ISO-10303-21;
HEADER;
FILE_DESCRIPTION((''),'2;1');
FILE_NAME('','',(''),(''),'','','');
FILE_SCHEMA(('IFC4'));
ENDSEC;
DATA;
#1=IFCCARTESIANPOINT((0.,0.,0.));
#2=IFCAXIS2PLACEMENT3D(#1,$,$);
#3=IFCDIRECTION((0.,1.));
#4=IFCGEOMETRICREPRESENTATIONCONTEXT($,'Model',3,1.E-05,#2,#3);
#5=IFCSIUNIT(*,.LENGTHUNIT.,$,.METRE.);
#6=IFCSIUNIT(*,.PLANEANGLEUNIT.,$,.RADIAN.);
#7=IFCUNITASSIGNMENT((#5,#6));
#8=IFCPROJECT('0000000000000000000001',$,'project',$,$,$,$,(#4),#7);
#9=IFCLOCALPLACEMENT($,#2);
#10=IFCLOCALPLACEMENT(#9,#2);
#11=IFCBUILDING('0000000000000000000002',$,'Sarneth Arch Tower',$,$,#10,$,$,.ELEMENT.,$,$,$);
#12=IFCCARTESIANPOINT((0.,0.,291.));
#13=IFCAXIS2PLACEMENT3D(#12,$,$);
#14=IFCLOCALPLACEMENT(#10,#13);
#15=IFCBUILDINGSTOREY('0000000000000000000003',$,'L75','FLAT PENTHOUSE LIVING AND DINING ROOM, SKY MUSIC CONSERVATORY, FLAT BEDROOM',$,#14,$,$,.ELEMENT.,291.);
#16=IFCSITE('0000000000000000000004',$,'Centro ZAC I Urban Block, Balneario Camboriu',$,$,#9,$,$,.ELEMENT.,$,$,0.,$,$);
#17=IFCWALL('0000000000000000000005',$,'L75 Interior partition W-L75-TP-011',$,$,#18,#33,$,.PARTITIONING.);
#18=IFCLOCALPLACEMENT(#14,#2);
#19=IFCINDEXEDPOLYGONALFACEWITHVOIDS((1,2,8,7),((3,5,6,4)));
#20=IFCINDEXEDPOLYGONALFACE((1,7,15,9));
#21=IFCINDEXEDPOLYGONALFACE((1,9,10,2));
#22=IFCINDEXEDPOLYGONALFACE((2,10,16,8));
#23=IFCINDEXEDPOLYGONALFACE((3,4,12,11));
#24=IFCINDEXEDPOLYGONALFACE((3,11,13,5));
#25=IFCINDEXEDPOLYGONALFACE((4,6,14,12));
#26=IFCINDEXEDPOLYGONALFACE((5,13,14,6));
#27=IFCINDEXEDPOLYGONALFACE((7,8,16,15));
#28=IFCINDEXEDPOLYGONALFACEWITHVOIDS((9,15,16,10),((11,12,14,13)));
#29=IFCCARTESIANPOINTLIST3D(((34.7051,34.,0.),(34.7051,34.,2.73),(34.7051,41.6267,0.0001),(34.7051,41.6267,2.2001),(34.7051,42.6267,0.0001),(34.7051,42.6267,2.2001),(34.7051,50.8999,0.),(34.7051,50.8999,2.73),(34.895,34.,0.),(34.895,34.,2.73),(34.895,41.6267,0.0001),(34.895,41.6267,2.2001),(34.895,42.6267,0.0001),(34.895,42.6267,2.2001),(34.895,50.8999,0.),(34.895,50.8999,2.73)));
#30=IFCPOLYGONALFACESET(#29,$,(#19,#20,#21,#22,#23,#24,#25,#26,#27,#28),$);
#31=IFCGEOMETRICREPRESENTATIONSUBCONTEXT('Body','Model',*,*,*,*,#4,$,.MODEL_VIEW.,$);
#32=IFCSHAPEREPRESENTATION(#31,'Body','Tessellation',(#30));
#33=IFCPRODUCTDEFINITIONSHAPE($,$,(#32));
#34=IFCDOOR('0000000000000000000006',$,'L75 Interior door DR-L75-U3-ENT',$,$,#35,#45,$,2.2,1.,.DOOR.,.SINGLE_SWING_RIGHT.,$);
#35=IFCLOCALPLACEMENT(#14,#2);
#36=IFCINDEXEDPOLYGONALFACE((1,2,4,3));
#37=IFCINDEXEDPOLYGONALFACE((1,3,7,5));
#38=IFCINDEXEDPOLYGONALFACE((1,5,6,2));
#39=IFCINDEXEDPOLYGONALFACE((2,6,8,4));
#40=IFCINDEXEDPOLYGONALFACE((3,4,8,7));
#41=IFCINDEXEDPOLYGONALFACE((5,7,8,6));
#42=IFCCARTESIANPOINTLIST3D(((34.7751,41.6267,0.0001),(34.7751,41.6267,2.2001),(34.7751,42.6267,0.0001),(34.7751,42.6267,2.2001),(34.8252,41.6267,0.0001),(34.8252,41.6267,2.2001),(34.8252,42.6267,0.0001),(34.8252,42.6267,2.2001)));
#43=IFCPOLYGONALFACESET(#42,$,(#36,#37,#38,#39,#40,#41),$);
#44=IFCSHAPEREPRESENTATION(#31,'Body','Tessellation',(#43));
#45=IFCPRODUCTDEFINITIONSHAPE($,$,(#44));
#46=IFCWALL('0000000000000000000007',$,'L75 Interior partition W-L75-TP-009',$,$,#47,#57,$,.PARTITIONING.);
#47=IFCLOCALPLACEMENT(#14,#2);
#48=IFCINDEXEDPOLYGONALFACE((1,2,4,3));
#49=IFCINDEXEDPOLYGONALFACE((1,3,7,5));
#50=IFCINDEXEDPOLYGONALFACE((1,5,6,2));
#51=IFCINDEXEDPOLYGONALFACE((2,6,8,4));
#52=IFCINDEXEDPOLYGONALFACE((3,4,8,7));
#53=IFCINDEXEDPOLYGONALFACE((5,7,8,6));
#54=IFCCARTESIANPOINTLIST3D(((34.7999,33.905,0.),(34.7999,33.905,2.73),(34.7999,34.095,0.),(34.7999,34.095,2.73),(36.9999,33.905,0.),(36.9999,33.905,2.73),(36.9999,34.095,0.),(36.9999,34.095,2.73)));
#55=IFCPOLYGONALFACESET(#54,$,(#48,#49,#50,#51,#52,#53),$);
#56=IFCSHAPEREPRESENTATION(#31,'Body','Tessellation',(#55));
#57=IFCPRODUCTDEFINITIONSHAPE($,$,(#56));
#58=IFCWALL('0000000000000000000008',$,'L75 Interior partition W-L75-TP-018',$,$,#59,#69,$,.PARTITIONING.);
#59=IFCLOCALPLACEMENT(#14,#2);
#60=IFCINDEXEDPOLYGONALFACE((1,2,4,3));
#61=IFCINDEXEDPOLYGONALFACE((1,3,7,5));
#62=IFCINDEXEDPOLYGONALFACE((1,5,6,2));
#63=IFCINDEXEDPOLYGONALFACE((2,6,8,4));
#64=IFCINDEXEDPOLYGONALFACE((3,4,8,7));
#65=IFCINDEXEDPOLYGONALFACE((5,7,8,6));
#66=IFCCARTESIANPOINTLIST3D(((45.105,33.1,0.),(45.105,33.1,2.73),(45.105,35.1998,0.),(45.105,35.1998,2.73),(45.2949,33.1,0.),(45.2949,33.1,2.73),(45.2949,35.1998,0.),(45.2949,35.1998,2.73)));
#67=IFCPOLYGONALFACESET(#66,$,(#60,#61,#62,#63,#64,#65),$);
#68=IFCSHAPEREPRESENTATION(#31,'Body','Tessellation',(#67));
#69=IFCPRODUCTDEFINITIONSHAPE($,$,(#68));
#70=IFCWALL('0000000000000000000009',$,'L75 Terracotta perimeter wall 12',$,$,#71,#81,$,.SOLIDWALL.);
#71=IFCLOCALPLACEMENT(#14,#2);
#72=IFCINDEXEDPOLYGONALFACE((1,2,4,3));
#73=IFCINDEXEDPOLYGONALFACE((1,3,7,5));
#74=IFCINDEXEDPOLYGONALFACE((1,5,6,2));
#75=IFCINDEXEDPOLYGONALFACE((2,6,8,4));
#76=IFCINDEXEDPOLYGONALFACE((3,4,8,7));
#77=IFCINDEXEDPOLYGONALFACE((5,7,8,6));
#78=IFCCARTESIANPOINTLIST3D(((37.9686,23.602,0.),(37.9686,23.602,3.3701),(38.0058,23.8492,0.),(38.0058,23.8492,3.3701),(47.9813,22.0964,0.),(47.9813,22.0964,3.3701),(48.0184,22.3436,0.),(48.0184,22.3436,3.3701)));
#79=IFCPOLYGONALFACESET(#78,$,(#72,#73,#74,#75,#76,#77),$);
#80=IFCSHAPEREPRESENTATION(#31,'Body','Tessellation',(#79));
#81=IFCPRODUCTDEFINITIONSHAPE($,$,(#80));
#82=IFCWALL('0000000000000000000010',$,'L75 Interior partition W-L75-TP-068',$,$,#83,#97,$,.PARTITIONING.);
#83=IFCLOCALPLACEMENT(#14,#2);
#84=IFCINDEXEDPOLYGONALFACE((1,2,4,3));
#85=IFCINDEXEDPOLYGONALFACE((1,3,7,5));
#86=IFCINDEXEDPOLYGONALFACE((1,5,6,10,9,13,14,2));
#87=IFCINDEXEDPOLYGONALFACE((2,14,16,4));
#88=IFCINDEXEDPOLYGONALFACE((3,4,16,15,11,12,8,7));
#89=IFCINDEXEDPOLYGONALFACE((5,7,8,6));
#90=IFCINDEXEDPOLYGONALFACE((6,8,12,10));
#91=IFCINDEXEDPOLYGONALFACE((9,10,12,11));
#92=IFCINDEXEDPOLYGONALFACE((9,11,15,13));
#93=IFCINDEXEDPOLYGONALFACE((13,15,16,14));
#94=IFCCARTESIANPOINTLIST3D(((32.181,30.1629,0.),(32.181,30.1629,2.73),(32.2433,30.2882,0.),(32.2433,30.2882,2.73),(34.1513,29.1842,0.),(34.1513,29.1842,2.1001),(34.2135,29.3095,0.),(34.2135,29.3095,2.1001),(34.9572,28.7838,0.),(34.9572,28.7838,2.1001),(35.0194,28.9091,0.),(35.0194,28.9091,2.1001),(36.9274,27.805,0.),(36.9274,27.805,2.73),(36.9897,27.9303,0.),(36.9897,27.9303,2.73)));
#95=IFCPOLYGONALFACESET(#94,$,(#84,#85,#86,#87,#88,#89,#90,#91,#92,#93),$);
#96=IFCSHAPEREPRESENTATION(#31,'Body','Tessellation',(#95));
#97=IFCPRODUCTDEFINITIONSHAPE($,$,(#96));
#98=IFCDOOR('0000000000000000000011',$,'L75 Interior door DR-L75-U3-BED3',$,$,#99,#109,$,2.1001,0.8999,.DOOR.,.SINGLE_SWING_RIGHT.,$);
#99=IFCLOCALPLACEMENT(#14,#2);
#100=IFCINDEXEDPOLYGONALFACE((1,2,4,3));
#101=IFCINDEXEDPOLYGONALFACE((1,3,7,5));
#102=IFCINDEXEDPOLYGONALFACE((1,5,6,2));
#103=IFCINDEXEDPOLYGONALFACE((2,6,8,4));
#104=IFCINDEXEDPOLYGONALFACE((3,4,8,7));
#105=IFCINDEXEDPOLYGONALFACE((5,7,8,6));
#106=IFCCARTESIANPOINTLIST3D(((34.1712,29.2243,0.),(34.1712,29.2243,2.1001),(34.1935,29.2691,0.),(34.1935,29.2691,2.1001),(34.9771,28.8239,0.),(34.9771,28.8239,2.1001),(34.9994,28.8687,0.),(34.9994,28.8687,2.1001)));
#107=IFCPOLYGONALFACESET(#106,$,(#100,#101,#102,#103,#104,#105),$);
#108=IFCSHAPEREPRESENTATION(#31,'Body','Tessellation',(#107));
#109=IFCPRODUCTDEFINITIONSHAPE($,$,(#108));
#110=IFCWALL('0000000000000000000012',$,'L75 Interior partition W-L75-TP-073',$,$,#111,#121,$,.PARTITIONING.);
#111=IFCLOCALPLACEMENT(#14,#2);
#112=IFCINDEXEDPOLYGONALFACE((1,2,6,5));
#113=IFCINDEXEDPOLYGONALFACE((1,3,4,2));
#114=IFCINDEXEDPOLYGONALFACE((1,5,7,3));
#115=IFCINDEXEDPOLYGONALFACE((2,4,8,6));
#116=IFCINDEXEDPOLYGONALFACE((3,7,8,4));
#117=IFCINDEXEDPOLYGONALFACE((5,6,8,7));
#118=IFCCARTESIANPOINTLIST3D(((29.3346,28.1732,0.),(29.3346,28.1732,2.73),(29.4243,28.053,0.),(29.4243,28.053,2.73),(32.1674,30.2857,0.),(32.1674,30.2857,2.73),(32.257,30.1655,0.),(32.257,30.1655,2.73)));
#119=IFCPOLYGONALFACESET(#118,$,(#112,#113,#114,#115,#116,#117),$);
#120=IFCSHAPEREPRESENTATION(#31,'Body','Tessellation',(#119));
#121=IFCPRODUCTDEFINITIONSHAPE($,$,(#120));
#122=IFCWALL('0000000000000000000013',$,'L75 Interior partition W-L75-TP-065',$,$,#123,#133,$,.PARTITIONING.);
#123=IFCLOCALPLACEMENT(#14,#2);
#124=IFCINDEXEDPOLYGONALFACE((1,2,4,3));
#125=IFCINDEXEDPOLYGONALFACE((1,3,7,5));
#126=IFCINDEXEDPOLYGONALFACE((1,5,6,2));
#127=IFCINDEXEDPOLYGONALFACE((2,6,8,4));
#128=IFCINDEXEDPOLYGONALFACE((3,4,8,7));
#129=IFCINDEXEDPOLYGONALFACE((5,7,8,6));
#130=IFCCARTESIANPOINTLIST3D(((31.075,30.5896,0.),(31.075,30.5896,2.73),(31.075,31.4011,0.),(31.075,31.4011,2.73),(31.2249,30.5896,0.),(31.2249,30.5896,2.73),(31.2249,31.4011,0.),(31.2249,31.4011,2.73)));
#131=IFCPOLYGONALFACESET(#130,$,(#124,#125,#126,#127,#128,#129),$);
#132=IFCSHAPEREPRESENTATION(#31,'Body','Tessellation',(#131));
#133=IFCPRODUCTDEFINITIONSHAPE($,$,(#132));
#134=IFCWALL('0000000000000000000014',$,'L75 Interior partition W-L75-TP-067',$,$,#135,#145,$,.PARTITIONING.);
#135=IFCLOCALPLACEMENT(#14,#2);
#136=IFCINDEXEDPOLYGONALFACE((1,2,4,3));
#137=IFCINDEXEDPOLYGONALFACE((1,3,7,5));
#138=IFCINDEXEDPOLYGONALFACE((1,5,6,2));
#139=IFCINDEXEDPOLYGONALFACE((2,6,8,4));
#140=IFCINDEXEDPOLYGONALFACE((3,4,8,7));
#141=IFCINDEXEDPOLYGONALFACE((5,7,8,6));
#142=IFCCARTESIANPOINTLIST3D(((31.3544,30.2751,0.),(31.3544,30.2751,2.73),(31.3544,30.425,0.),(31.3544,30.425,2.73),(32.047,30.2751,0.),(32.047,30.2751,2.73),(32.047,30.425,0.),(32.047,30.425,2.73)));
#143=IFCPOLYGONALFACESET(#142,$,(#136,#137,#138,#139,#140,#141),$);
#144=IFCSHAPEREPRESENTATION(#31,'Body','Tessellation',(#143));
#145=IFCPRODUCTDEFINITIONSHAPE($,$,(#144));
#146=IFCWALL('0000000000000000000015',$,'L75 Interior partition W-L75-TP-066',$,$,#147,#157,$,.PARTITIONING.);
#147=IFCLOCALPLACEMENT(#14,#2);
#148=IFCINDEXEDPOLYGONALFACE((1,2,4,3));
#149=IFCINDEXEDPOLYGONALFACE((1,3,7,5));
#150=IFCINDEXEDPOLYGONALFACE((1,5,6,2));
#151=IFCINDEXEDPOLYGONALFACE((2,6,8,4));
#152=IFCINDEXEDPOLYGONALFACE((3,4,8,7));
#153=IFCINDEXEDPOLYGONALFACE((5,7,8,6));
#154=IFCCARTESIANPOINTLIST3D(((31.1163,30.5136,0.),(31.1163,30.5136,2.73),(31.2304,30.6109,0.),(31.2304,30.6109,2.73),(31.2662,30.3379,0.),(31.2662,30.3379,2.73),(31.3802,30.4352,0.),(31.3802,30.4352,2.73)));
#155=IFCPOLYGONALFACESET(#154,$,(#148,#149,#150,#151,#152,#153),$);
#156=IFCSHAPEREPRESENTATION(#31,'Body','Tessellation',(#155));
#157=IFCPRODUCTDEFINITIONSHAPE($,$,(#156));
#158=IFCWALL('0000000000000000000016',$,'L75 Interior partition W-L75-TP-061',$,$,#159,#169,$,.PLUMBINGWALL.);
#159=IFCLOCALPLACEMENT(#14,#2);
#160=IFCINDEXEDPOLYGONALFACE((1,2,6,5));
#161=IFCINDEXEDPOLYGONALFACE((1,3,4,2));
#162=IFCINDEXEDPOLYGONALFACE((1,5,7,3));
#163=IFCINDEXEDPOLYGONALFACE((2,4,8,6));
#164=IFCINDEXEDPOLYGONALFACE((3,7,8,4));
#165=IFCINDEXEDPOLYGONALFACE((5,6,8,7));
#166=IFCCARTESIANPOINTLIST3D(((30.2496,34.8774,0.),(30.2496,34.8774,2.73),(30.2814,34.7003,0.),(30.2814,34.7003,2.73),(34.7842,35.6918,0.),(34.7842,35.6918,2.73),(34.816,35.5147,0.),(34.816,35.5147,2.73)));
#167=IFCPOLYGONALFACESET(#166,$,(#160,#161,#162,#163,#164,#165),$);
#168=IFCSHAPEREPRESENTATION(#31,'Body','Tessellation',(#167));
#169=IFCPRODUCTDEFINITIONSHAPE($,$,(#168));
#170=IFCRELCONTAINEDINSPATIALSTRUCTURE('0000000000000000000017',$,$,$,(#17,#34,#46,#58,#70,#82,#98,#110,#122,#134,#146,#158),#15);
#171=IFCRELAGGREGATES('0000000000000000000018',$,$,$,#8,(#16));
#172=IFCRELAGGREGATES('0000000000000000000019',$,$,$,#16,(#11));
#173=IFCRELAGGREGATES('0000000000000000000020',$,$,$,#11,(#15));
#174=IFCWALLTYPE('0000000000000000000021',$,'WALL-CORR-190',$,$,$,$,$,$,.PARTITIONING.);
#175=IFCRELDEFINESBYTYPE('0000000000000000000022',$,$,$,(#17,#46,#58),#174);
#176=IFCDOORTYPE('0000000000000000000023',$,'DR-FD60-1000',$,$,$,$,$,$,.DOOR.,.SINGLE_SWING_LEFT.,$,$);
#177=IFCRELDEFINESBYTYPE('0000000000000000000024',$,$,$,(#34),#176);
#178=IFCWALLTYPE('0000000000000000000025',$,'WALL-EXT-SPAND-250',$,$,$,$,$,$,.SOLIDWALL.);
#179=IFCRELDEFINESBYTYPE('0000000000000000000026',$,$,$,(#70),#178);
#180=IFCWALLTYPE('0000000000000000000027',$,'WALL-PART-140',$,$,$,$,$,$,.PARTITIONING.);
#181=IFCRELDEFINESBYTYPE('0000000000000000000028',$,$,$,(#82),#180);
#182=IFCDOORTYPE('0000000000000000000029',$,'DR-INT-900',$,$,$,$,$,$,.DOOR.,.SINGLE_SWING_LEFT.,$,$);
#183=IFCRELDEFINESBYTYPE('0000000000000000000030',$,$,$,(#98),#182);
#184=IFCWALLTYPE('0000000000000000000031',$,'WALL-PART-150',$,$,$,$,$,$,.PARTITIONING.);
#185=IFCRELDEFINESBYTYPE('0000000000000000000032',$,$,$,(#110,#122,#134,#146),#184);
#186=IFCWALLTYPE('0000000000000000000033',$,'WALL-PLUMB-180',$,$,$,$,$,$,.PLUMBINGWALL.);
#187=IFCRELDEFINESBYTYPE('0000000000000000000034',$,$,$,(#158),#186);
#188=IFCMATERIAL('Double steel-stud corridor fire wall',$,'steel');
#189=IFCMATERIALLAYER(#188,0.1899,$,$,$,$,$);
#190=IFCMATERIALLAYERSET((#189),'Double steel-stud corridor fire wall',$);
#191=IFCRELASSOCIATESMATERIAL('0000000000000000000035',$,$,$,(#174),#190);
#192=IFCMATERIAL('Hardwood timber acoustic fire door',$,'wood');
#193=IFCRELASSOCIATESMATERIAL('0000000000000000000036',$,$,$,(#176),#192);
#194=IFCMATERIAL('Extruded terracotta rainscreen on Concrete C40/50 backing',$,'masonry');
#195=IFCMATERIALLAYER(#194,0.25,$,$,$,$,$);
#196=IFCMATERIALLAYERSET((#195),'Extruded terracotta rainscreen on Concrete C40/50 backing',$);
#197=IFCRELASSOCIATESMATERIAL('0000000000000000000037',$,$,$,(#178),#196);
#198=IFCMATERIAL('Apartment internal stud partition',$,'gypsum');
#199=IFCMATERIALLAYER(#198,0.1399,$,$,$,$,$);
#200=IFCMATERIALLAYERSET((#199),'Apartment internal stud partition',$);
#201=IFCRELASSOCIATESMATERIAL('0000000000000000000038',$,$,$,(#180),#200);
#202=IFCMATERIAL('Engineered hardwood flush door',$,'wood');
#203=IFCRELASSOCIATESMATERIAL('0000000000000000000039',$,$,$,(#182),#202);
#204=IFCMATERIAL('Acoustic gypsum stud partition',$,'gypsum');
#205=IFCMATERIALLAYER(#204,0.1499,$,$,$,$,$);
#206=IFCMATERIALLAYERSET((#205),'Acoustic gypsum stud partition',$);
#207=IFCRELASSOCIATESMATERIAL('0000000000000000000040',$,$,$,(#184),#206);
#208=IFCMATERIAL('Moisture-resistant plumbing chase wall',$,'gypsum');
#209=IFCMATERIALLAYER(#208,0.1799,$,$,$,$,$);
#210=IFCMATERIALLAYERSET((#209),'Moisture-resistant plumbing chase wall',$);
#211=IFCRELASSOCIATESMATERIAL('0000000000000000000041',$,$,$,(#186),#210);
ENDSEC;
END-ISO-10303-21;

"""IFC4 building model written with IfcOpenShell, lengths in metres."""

from ifc_helpers import new_model, si_unit, direction, frame, frame_2d, origin, place, context, subcontext, project, spatial, rectangle, extrude, material, layer, layer_set, type_object, element, fill, save


model = new_model("IFC4")

# Units and contexts
model_context = context("Model", 3, precision=1e-05, world=origin(), true_north=direction((0.0, 1.0)))
body_context = subcontext(model_context, "Body", "Model", "MODEL_VIEW")
ifc_project = project(units=[si_unit("LENGTHUNIT", "METRE"), si_unit("PLANEANGLEUNIT", "RADIAN")], contexts=[model_context])

# Site, building, storey
site_placement = place(None, origin())
site = spatial("IfcSite", under=ifc_project, at=site_placement, Name="Centro ZAC I Urban Block, Balneario Camboriu", CompositionType="ELEMENT", RefElevation=0.0)
building_placement = place(site_placement, origin())
building = spatial("IfcBuilding", under=site, at=building_placement, Name="Sarneth Arch Tower", CompositionType="ELEMENT")
storey_placement = place(building_placement, frame((0.0, 0.0, 291.0)))
storey = spatial("IfcBuildingStorey", under=building, at=storey_placement, Name="L75", Description="FLAT PENTHOUSE LIVING AND DINING ROOM, SKY MUSIC CONSERVATORY, FLAT BEDROOM", CompositionType="ELEMENT", Elevation=291.0)

# Wall, opening, door
ifc_material_1 = material(Name="Double steel-stud corridor fire wall", Category="steel")
ifc_layer_1 = layer(ifc_material_1, 0.1899)
ifc_layer_set_1 = layer_set([ifc_layer_1], Name="Double steel-stud corridor fire wall")
wall_type_1 = type_object("IfcWallType", Name="WALL-CORR-190", PredefinedType="PARTITIONING", material=ifc_layer_set_1)
wall_1_placement = place(storey_placement, frame((34.8, 34.0, 0.0), z_axis=(0.0, 0.0, 1.0), x_axis=(0.0, 1.0, 0.0)))
wall_1 = element("IfcWall", 1, at=wall_1_placement, inside=storey, type_object=wall_type_1, Name="L75 Interior partition W-L75-TP-011", PredefinedType="PARTITIONING", context=body_context, shape_type="SweptSolid", body=[
    extrude(rectangle(XDim=16.8999, YDim=0.1899, at=frame_2d((8.45, 0.0))), origin(), (0.0, 0.0, 1.0), 2.73),
])
opening_1_placement = place(wall_1_placement, frame((7.6267, 0.0, 0.0)))
opening_1 = element("IfcOpeningElement", 2, at=opening_1_placement, cuts=wall_1, PredefinedType="OPENING", context=body_context, shape_type="SweptSolid", body=[
    extrude(rectangle(XDim=1.0, YDim=2.2, at=frame_2d((0.5, 1.1001))), frame((0.0, 0.105, 0.0), z_axis=(0.0, -1.0, 0.0), x_axis=(1.0, 0.0, 0.0)), (0.0, 0.0, 1.0), 0.21),
])
ifc_material_2 = material(Name="Hardwood timber acoustic fire door", Category="wood")
door_type_1 = type_object("IfcDoorType", Name="DR-FD60-1000", OperationType="SINGLE_SWING_LEFT", PredefinedType="DOOR", material=ifc_material_2)
door_1_placement = place(opening_1_placement, origin())
door_1 = element("IfcDoor", 3, at=door_1_placement, inside=storey, type_object=door_type_1, Name="L75 Interior door DR-L75-U3-ENT", OperationType="SINGLE_SWING_RIGHT", OverallHeight=2.2, OverallWidth=1.0, PredefinedType="DOOR", context=body_context, shape_type="SweptSolid", body=[
    extrude(rectangle(XDim=1.0, YDim=2.2, at=frame_2d((0.5, 1.1001))), frame((0.0, 0.0249, 0.0), z_axis=(0.0, -1.0, 0.0), x_axis=(1.0, 0.0, 0.0)), (0.0, 0.0, 1.0), 0.05),
])
fill(opening_1, door_1)

# Walls
wall_2_placement = place(storey_placement, frame((37.0, 34.0, 0.0), z_axis=(0.0, 0.0, 1.0), x_axis=(-1.0, 0.0, 0.0)))
element("IfcWall", 4, at=wall_2_placement, inside=storey, type_object=wall_type_1, Name="L75 Interior partition W-L75-TP-009", PredefinedType="PARTITIONING", context=body_context, shape_type="SweptSolid", body=[
    extrude(rectangle(XDim=2.2, YDim=0.1899, at=frame_2d((1.1001, 0.0))), origin(), (0.0, 0.0, 1.0), 2.73),
])
wall_3_placement = place(storey_placement, frame((45.2, 33.1001, 0.0), z_axis=(0.0, 0.0, 1.0), x_axis=(0.0, 1.0, 0.0)))
element("IfcWall", 5, at=wall_3_placement, inside=storey, type_object=wall_type_1, Name="L75 Interior partition W-L75-TP-018", PredefinedType="PARTITIONING", context=body_context, shape_type="SweptSolid", body=[
    extrude(rectangle(XDim=2.0999, YDim=0.1899, at=frame_2d((1.0498, 0.0))), origin(), (0.0, 0.0, 1.0), 2.73),
])
ifc_material_3 = material(Name="Extruded terracotta rainscreen on Concrete C40/50 backing", Category="masonry")
ifc_layer_2 = layer(ifc_material_3, 0.25)
ifc_layer_set_2 = layer_set([ifc_layer_2], Name="Extruded terracotta rainscreen on Concrete C40/50 backing")
wall_type_2 = type_object("IfcWallType", Name="WALL-EXT-SPAND-250", PredefinedType="SOLIDWALL", material=ifc_layer_set_2)
wall_4_placement = place(storey_placement, frame((37.9873, 23.7256, 0.0), z_axis=(0.0, 0.0, 1.0), x_axis=(0.988883, -0.148699, 0.0)))
element("IfcWall", 6, at=wall_4_placement, inside=storey, type_object=wall_type_2, Name="L75 Terracotta perimeter wall 12", PredefinedType="SOLIDWALL", context=body_context, shape_type="SweptSolid", body=[
    extrude(rectangle(XDim=10.1252, YDim=0.25, at=frame_2d((5.0625, 0.0))), origin(), (0.0, 0.0, 1.0), 3.3701),
])

# Wall, opening, door
ifc_material_4 = material(Name="Apartment internal stud partition", Category="gypsum")
ifc_layer_3 = layer(ifc_material_4, 0.1399)
ifc_layer_set_3 = layer_set([ifc_layer_3], Name="Apartment internal stud partition")
wall_type_3 = type_object("IfcWallType", Name="WALL-PART-140", PredefinedType="PARTITIONING", material=ifc_layer_set_3)
wall_5_placement = place(storey_placement, frame((32.2122, 30.2256, 0.0), z_axis=(0.0, 0.0, 1.0), x_axis=(0.895576, -0.444909, 0.0)))
wall_5 = element("IfcWall", 7, at=wall_5_placement, inside=storey, type_object=wall_type_3, Name="L75 Interior partition W-L75-TP-068", PredefinedType="PARTITIONING", context=body_context, shape_type="SweptSolid", body=[
    extrude(rectangle(XDim=5.2998, YDim=0.1399, at=frame_2d((2.6499, 0.0))), origin(), (0.0, 0.0, 1.0), 2.73),
])
opening_2_placement = place(wall_5_placement, frame((2.2, 0.0, 0.0)))
opening_2 = element("IfcOpeningElement", 8, at=opening_2_placement, cuts=wall_5, PredefinedType="OPENING", context=body_context, shape_type="SweptSolid", body=[
    extrude(rectangle(XDim=0.8999, YDim=2.1001, at=frame_2d((0.45, 1.05))), frame((0.0, 0.0798, 0.0), z_axis=(0.0, -1.0, 0.0), x_axis=(1.0, 0.0, 0.0)), (0.0, 0.0, 1.0), 0.1599),
])
ifc_material_5 = material(Name="Engineered hardwood flush door", Category="wood")
door_type_2 = type_object("IfcDoorType", Name="DR-INT-900", OperationType="SINGLE_SWING_LEFT", PredefinedType="DOOR", material=ifc_material_5)
door_2_placement = place(opening_2_placement, origin())
door_2 = element("IfcDoor", 9, at=door_2_placement, inside=storey, type_object=door_type_2, Name="L75 Interior door DR-L75-U3-BED3", OperationType="SINGLE_SWING_RIGHT", OverallHeight=2.1001, OverallWidth=0.8999, PredefinedType="DOOR", context=body_context, shape_type="SweptSolid", body=[
    extrude(rectangle(XDim=0.8999, YDim=2.1001, at=frame_2d((0.45, 1.05))), frame((0.0, 0.0249, 0.0), z_axis=(0.0, -1.0, 0.0), x_axis=(1.0, 0.0, 0.0)), (0.0, 0.0, 1.0), 0.05),
])
fill(opening_2, door_2)

# Walls
ifc_material_6 = material(Name="Acoustic gypsum stud partition", Category="gypsum")
ifc_layer_4 = layer(ifc_material_6, 0.1499)
ifc_layer_set_4 = layer_set([ifc_layer_4], Name="Acoustic gypsum stud partition")
wall_type_4 = type_object("IfcWallType", Name="WALL-PART-150", PredefinedType="PARTITIONING", material=ifc_layer_set_4)
wall_6_placement = place(storey_placement, frame((32.2122, 30.2256, 0.0), z_axis=(0.0, 0.0, 1.0), x_axis=(-0.80163, -0.59782, 0.0)))
element("IfcWall", 10, at=wall_6_placement, inside=storey, type_object=wall_type_4, Name="L75 Interior partition W-L75-TP-073", PredefinedType="PARTITIONING", context=body_context, shape_type="SweptSolid", body=[
    extrude(rectangle(XDim=3.5337, YDim=0.1499, at=frame_2d((1.7668, 0.0))), origin(), (0.0, 0.0, 1.0), 2.73),
])
wall_7_placement = place(storey_placement, frame((31.1499, 31.4011, 0.0), z_axis=(0.0, 0.0, 1.0), x_axis=(0.0, -1.0, 0.0)))
element("IfcWall", 11, at=wall_7_placement, inside=storey, type_object=wall_type_4, Name="L75 Interior partition W-L75-TP-065", PredefinedType="PARTITIONING", context=body_context, shape_type="SweptSolid", body=[
    extrude(rectangle(XDim=0.8115, YDim=0.1499, at=frame_2d((0.4058, 0.0))), origin(), (0.0, 0.0, 1.0), 2.73),
])
wall_8_placement = place(storey_placement, frame((31.3545, 30.3501, 0.0), z_axis=(0.0, 0.0, 1.0), x_axis=(1.0, 0.0, 0.0)))
element("IfcWall", 12, at=wall_8_placement, inside=storey, type_object=wall_type_4, Name="L75 Interior partition W-L75-TP-067", PredefinedType="PARTITIONING", context=body_context, shape_type="SweptSolid", body=[
    extrude(rectangle(XDim=0.6926, YDim=0.1499, at=frame_2d((0.3462, 0.0))), origin(), (0.0, 0.0, 1.0), 2.73),
])
wall_9_placement = place(storey_placement, frame((31.1733, 30.5623, 0.0), z_axis=(0.0, 0.0, 1.0), x_axis=(0.648875, -0.760895, 0.0)))
element("IfcWall", 13, at=wall_9_placement, inside=storey, type_object=wall_type_4, Name="L75 Interior partition W-L75-TP-066", PredefinedType="PARTITIONING", context=body_context, shape_type="SweptSolid", body=[
    extrude(rectangle(XDim=0.231, YDim=0.1499, at=frame_2d((0.1155, 0.0))), origin(), (0.0, 0.0, 1.0), 2.73),
])
ifc_material_7 = material(Name="Moisture-resistant plumbing chase wall", Category="gypsum")
ifc_layer_5 = layer(ifc_material_7, 0.1799)
ifc_layer_set_5 = layer_set([ifc_layer_5], Name="Moisture-resistant plumbing chase wall")
wall_type_5 = type_object("IfcWallType", Name="WALL-PLUMB-180", PredefinedType="PLUMBINGWALL", material=ifc_layer_set_5)
wall_10_placement = place(storey_placement, frame((30.2654, 34.7888, 0.0), z_axis=(0.0, 0.0, 1.0), x_axis=(0.984251, 0.176777, 0.0)))
element("IfcWall", 14, at=wall_10_placement, inside=storey, type_object=wall_type_5, Name="L75 Interior partition W-L75-TP-061", PredefinedType="PLUMBINGWALL", context=body_context, shape_type="SweptSolid", body=[
    extrude(rectangle(XDim=4.6072, YDim=0.1799, at=frame_2d((2.3037, 0.0))), origin(), (0.0, 0.0, 1.0), 2.73),
])

save(model, "model.ifc")
